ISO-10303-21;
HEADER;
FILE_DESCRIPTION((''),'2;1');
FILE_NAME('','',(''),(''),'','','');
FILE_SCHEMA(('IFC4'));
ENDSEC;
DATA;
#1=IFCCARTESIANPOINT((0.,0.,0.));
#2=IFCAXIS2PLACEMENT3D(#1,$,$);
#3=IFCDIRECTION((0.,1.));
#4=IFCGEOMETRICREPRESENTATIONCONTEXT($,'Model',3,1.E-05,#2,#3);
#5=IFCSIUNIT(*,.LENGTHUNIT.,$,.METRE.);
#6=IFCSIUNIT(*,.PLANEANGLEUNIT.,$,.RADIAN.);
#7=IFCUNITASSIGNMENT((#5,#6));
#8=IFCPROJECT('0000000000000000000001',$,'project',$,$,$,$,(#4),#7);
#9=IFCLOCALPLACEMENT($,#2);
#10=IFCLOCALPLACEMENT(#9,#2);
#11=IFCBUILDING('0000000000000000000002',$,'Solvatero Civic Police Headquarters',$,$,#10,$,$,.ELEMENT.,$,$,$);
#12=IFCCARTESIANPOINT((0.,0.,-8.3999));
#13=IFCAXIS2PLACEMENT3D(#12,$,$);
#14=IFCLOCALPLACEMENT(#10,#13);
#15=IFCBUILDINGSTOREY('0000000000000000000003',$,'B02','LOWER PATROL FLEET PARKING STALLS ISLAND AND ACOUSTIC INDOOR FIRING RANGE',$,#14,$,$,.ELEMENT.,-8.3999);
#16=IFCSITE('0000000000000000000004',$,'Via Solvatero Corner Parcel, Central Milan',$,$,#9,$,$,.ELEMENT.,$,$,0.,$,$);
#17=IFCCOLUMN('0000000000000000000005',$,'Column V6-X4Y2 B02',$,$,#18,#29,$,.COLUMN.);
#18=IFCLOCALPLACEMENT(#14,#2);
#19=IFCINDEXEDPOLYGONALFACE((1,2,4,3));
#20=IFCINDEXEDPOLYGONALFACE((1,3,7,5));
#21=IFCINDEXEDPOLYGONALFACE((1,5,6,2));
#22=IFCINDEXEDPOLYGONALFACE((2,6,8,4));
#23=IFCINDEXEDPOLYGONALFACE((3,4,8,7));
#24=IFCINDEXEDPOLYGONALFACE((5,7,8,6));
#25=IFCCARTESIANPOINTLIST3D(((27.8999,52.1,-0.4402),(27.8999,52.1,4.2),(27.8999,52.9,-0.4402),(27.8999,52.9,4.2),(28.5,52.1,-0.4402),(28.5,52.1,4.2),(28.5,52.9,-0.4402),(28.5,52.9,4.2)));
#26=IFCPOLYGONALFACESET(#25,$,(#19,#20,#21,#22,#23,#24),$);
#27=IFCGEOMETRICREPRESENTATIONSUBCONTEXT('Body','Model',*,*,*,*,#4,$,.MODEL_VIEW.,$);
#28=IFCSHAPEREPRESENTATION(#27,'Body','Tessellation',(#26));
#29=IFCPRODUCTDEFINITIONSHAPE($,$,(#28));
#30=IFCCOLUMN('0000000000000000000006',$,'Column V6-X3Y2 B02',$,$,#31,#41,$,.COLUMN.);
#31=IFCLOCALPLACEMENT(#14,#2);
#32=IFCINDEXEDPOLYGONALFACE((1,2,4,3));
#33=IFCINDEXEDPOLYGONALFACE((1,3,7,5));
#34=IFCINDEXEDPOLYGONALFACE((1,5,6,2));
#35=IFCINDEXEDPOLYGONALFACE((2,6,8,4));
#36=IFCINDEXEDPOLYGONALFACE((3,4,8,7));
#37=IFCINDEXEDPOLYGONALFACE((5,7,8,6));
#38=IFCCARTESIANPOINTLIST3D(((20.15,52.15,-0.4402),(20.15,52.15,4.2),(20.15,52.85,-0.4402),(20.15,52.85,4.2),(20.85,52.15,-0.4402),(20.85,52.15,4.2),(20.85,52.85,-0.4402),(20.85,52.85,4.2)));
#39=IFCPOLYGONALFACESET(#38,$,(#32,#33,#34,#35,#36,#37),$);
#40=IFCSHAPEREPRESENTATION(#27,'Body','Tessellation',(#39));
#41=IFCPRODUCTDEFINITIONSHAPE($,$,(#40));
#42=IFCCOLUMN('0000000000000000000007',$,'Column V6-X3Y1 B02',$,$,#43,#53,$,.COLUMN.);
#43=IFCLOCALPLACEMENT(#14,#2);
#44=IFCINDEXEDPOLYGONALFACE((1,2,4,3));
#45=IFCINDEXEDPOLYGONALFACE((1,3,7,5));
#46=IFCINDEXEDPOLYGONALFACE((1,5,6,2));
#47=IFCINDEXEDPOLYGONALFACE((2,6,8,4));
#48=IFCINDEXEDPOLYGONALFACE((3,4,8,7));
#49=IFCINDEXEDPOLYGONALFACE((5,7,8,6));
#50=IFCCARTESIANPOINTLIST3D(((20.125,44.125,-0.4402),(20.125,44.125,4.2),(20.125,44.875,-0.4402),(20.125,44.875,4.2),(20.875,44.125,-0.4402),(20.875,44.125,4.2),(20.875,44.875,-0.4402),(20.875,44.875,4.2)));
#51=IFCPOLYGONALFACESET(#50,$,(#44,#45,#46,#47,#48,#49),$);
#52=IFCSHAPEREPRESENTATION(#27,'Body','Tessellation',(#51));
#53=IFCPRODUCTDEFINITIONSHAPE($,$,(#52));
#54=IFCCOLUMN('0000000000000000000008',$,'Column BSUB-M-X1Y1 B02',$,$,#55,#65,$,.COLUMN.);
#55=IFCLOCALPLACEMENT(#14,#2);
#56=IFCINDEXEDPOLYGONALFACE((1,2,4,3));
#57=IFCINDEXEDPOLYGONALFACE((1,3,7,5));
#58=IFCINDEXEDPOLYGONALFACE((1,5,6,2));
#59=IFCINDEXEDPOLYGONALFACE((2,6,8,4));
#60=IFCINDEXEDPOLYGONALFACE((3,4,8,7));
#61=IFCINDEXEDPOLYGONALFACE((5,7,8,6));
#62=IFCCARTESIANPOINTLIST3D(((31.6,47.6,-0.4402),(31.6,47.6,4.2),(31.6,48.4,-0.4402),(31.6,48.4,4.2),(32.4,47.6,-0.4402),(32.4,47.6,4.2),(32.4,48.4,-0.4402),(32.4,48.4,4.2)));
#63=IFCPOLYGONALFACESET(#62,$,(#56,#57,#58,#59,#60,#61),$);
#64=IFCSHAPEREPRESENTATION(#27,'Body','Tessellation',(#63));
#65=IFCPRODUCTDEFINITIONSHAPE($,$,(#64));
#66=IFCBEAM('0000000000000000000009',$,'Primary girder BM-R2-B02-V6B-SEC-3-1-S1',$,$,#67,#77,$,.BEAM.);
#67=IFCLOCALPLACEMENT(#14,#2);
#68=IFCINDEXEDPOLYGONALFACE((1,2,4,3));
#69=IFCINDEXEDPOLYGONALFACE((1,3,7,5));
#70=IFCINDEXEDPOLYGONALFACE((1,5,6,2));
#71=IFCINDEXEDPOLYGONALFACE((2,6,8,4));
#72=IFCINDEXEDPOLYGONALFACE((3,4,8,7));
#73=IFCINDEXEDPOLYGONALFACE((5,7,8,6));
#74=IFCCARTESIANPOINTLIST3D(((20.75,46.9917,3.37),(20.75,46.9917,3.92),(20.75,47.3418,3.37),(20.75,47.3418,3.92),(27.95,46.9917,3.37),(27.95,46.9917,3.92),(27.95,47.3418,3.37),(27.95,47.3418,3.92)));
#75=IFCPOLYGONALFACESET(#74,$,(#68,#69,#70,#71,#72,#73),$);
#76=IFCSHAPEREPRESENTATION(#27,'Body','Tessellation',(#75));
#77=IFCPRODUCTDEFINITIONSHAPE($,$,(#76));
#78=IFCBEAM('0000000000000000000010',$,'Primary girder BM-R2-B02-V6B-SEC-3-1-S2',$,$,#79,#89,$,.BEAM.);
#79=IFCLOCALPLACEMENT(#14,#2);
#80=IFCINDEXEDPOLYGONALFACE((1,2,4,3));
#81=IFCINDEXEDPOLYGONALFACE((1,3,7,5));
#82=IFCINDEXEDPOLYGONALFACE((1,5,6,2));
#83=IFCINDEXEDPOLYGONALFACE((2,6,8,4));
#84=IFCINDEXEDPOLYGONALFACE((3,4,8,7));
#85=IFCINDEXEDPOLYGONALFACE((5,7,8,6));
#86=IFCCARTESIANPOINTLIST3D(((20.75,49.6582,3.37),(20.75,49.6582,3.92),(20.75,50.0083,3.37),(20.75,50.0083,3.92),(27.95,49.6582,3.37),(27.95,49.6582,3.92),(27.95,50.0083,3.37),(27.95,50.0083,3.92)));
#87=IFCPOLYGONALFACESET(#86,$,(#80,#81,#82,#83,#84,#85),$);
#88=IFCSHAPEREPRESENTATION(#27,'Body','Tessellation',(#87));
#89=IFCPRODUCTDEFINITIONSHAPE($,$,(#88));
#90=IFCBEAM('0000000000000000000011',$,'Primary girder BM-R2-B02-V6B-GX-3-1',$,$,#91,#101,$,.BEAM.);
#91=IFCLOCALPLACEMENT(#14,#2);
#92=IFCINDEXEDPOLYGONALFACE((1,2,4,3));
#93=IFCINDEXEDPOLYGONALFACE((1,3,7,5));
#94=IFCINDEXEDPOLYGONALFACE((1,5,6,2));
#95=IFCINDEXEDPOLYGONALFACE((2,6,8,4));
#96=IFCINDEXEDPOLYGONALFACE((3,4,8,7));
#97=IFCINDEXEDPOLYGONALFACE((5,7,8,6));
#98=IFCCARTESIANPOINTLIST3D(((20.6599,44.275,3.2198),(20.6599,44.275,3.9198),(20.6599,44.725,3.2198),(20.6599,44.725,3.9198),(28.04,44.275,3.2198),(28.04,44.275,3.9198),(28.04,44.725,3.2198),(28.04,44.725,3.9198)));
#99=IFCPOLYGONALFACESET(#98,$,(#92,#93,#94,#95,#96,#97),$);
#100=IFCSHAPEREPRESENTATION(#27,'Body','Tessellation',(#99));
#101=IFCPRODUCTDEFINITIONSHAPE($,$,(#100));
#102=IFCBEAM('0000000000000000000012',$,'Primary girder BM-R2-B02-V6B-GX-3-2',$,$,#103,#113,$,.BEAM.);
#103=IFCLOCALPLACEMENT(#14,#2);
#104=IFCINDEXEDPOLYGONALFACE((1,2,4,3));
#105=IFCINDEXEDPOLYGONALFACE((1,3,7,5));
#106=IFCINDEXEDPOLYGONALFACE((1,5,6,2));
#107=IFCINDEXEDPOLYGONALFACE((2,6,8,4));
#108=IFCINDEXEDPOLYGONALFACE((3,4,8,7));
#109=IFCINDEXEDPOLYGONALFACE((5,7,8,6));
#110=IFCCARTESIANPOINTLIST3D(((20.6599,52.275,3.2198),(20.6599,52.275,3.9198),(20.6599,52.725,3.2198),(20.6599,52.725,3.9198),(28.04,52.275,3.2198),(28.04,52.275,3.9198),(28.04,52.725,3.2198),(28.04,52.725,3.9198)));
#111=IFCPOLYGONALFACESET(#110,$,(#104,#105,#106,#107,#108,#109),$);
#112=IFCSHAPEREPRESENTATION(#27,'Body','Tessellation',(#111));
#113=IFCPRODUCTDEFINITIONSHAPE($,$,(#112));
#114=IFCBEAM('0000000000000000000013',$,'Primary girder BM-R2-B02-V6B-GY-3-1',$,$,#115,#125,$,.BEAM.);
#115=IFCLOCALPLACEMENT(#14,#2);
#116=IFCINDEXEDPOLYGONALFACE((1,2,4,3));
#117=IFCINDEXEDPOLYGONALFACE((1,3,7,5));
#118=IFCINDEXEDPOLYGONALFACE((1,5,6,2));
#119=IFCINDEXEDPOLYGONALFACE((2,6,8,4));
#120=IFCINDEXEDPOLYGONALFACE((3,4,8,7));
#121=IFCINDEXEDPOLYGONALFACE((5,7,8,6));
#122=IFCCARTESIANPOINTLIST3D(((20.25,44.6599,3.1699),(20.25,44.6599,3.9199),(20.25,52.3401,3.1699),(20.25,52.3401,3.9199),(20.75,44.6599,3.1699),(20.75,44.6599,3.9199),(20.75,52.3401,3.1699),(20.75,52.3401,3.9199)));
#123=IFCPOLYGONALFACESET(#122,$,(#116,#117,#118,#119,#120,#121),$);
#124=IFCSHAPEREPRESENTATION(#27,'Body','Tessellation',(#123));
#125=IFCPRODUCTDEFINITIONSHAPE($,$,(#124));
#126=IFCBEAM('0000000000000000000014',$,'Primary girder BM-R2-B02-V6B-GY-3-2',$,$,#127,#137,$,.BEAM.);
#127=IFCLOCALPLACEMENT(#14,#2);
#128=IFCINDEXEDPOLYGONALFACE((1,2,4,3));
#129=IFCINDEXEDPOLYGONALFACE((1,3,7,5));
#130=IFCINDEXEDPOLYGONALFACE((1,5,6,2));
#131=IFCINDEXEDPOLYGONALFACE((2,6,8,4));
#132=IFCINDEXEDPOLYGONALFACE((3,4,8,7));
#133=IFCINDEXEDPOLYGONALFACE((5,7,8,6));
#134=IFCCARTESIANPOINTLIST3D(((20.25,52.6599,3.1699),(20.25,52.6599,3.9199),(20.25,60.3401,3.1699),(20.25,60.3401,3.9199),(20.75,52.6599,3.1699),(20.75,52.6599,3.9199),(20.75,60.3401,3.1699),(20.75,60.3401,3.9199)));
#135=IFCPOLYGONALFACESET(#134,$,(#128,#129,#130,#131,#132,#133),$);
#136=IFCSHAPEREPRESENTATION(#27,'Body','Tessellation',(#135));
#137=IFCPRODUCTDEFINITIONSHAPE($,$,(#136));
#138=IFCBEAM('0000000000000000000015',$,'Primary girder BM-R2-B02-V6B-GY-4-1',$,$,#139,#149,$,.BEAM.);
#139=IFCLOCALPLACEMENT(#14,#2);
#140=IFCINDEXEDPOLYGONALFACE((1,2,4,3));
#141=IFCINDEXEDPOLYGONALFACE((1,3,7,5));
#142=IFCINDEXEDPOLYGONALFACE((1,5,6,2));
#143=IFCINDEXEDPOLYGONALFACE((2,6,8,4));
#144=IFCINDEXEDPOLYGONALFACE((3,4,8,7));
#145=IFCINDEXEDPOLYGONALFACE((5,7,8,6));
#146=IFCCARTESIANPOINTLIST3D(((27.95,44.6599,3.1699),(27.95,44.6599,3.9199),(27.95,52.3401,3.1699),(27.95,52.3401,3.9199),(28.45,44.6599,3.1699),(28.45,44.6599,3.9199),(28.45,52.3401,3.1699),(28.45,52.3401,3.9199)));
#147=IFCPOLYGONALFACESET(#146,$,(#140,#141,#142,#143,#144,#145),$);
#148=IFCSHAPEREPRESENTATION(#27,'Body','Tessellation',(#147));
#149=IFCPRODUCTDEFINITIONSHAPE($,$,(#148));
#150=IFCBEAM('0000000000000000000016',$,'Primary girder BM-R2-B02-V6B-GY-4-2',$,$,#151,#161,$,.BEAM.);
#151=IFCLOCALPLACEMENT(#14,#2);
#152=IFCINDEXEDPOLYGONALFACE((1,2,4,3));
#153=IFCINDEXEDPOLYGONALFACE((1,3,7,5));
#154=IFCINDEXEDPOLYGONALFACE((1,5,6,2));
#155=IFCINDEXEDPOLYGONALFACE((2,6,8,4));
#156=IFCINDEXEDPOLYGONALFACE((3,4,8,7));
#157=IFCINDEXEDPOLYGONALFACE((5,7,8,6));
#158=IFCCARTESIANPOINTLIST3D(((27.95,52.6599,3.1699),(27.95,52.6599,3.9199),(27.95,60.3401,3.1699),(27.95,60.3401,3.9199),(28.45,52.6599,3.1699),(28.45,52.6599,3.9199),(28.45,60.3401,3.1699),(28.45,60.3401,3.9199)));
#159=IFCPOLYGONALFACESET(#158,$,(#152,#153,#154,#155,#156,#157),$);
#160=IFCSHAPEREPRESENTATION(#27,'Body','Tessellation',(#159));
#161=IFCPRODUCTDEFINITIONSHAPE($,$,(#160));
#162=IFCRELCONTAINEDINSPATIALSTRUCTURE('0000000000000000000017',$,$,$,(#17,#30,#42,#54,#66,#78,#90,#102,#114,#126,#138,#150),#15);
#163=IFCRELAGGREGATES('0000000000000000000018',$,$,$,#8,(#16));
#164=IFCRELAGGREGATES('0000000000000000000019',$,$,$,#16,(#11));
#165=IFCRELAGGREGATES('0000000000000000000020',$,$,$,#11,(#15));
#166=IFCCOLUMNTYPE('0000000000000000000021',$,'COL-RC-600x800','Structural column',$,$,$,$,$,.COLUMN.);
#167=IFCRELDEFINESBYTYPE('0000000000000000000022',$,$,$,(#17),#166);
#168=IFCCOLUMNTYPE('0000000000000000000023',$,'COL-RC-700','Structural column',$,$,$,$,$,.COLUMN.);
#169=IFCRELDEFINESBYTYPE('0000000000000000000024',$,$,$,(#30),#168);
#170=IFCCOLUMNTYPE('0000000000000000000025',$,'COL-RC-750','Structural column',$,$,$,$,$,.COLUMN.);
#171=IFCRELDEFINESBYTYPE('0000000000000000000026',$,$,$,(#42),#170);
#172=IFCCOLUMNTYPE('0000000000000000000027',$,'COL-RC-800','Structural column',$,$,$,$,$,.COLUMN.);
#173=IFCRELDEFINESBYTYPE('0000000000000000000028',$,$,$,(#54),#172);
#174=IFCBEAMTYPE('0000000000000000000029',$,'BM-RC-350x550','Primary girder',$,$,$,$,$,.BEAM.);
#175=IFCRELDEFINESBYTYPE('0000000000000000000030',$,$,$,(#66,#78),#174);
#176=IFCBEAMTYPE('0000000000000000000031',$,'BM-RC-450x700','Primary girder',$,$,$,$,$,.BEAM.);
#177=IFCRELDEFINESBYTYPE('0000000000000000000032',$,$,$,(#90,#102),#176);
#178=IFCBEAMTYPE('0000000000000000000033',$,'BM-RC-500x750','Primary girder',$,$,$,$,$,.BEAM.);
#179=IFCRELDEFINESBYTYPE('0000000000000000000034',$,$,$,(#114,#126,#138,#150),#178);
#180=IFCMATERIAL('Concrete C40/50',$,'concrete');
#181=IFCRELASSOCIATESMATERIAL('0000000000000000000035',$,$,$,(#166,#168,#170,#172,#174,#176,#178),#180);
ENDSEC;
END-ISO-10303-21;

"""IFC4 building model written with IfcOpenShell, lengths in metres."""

from ifc_helpers import new_model, si_unit, direction, frame, origin, origin_2d, place, context, subcontext, project, spatial, rectangle, extrude, material, material_profile, profile_set, type_object, element, save


model = new_model("IFC4")

# Units and contexts
model_context = context("Model", 3, precision=1e-05, world=origin(), true_north=direction((0.0, 1.0)))
body_context = subcontext(model_context, "Body", "Model", "MODEL_VIEW")
ifc_project = project(units=[si_unit("LENGTHUNIT", "METRE"), si_unit("PLANEANGLEUNIT", "RADIAN")], contexts=[model_context])

# Site, building, storey
site_placement = place(None, origin())
site = spatial("IfcSite", under=ifc_project, at=site_placement, Name="Via Solvatero Corner Parcel, Central Milan", CompositionType="ELEMENT", RefElevation=0.0)
building_placement = place(site_placement, origin())
building = spatial("IfcBuilding", under=site, at=building_placement, Name="Solvatero Civic Police Headquarters", CompositionType="ELEMENT")
storey_placement = place(building_placement, frame((0.0, 0.0, -8.3999)))
storey = spatial("IfcBuildingStorey", under=building, at=storey_placement, Name="B02", Description="LOWER PATROL FLEET PARKING STALLS ISLAND AND ACOUSTIC INDOOR FIRING RANGE", CompositionType="ELEMENT", Elevation=-8.3999)

# Columns
ifc_material_1 = material(Name="Concrete C40/50", Category="concrete")
ifc_material_profile_1 = material_profile(ifc_material_1, rectangle(XDim=0.6001, YDim=0.8, at=origin_2d()), Name="RC 600x800")
ifc_profile_set_1 = profile_set([ifc_material_profile_1], Name="Concrete C40/50")
column_type_1 = type_object("IfcColumnType", Name="COL-RC-600x800", Description="Structural column", PredefinedType="COLUMN", material=ifc_profile_set_1)
column_1_placement = place(storey_placement, frame((28.2, 52.5, -0.4402), z_axis=(0.0, 0.0, 1.0), x_axis=(1.0, 0.0, 0.0)))
element("IfcColumn", 1, at=column_1_placement, inside=storey, type_object=column_type_1, Name="Column V6-X4Y2 B02", PredefinedType="COLUMN", context=body_context, shape_type="SweptSolid", body=[
    extrude(rectangle(XDim=0.6001, YDim=0.8, at=origin_2d()), origin(), (0.0, 0.0, 1.0), 4.6401),
])
ifc_material_profile_2 = material_profile(ifc_material_1, rectangle(XDim=0.7, YDim=0.7, at=origin_2d()), Name="RC 700x700")
ifc_profile_set_2 = profile_set([ifc_material_profile_2], Name="Concrete C40/50")
column_type_2 = type_object("IfcColumnType", Name="COL-RC-700", Description="Structural column", PredefinedType="COLUMN", material=ifc_profile_set_2)
column_2_placement = place(storey_placement, frame((20.5, 52.5, -0.4402), z_axis=(0.0, 0.0, 1.0), x_axis=(1.0, 0.0, 0.0)))
element("IfcColumn", 2, at=column_2_placement, inside=storey, type_object=column_type_2, Name="Column V6-X3Y2 B02", PredefinedType="COLUMN", context=body_context, shape_type="SweptSolid", body=[
    extrude(rectangle(XDim=0.7, YDim=0.7, at=origin_2d()), origin(), (0.0, 0.0, 1.0), 4.6401),
])
ifc_material_profile_3 = material_profile(ifc_material_1, rectangle(XDim=0.75, YDim=0.75, at=origin_2d()), Name="RC 750x750")
ifc_profile_set_3 = profile_set([ifc_material_profile_3], Name="Concrete C40/50")
column_type_3 = type_object("IfcColumnType", Name="COL-RC-750", Description="Structural column", PredefinedType="COLUMN", material=ifc_profile_set_3)
column_3_placement = place(storey_placement, frame((20.5, 44.5, -0.4402), z_axis=(0.0, 0.0, 1.0), x_axis=(1.0, 0.0, 0.0)))
element("IfcColumn", 3, at=column_3_placement, inside=storey, type_object=column_type_3, Name="Column V6-X3Y1 B02", PredefinedType="COLUMN", context=body_context, shape_type="SweptSolid", body=[
    extrude(rectangle(XDim=0.75, YDim=0.75, at=origin_2d()), origin(), (0.0, 0.0, 1.0), 4.6401),
])
ifc_material_profile_4 = material_profile(ifc_material_1, rectangle(XDim=0.8, YDim=0.8, at=origin_2d()), Name="RC 800x800")
ifc_profile_set_4 = profile_set([ifc_material_profile_4], Name="Concrete C40/50")
column_type_4 = type_object("IfcColumnType", Name="COL-RC-800", Description="Structural column", PredefinedType="COLUMN", material=ifc_profile_set_4)
column_4_placement = place(storey_placement, frame((32.0, 48.0, -0.4402), z_axis=(0.0, 0.0, 1.0), x_axis=(1.0, 0.0, 0.0)))
element("IfcColumn", 4, at=column_4_placement, inside=storey, type_object=column_type_4, Name="Column BSUB-M-X1Y1 B02", PredefinedType="COLUMN", context=body_context, shape_type="SweptSolid", body=[
    extrude(rectangle(XDim=0.8, YDim=0.8, at=origin_2d()), origin(), (0.0, 0.0, 1.0), 4.6401),
])

# Beams
ifc_material_profile_5 = material_profile(ifc_material_1, rectangle(XDim=0.3501, YDim=0.55, at=origin_2d()), Name="RC 350x550")
ifc_profile_set_5 = profile_set([ifc_material_profile_5], Name="Concrete C40/50")
beam_type_1 = type_object("IfcBeamType", Name="BM-RC-350x550", Description="Primary girder", PredefinedType="BEAM", material=ifc_profile_set_5)
for number, where, z_axis, x_axis, name in (
    (5, (20.75, 47.1667, 3.645), (1.0, 0.0, 0.0), (0.0, 1.0, 0.0), "Primary girder BM-R2-B02-V6B-SEC-3-1-S1"),
    (6, (20.75, 49.8333, 3.645), (1.0, 0.0, 0.0), (0.0, 1.0, 0.0), "Primary girder BM-R2-B02-V6B-SEC-3-1-S2"),
):
    element("IfcBeam", number, at=place(storey_placement, frame(where, z_axis=z_axis, x_axis=x_axis)), inside=storey, type_object=beam_type_1, Name=name, PredefinedType="BEAM", context=body_context, shape_type="SweptSolid", body=[
        extrude(rectangle(XDim=0.3501, YDim=0.55, at=origin_2d()), origin(), (0.0, 0.0, 1.0), 7.2),
    ])
ifc_material_profile_6 = material_profile(ifc_material_1, rectangle(XDim=0.45, YDim=0.7, at=origin_2d()), Name="RC 450x700")
ifc_profile_set_6 = profile_set([ifc_material_profile_6], Name="Concrete C40/50")
beam_type_2 = type_object("IfcBeamType", Name="BM-RC-450x700", Description="Primary girder", PredefinedType="BEAM", material=ifc_profile_set_6)
for number, where, z_axis, x_axis, name in (
    (7, (20.6599, 44.5, 3.5698), (1.0, 0.0, 0.0), (0.0, 1.0, 0.0), "Primary girder BM-R2-B02-V6B-GX-3-1"),
    (8, (20.6599, 52.5, 3.5698), (1.0, 0.0, 0.0), (0.0, 1.0, 0.0), "Primary girder BM-R2-B02-V6B-GX-3-2"),
):
    element("IfcBeam", number, at=place(storey_placement, frame(where, z_axis=z_axis, x_axis=x_axis)), inside=storey, type_object=beam_type_2, Name=name, PredefinedType="BEAM", context=body_context, shape_type="SweptSolid", body=[
        extrude(rectangle(XDim=0.45, YDim=0.7, at=origin_2d()), origin(), (0.0, 0.0, 1.0), 7.3801),
    ])
ifc_material_profile_7 = material_profile(ifc_material_1, rectangle(XDim=0.5, YDim=0.75, at=origin_2d()), Name="RC 500x750")
ifc_profile_set_7 = profile_set([ifc_material_profile_7], Name="Concrete C40/50")
beam_type_3 = type_object("IfcBeamType", Name="BM-RC-500x750", Description="Primary girder", PredefinedType="BEAM", material=ifc_profile_set_7)
for number, where, z_axis, x_axis, name in (
    (9, (20.5, 44.6599, 3.5449), (0.0, 1.0, 0.0), (-1.0, 0.0, 0.0), "Primary girder BM-R2-B02-V6B-GY-3-1"),
    (10, (20.5, 52.6599, 3.5449), (0.0, 1.0, 0.0), (-1.0, 0.0, 0.0), "Primary girder BM-R2-B02-V6B-GY-3-2"),
    (11, (28.2, 44.6599, 3.5449), (0.0, 1.0, 0.0), (-1.0, 0.0, 0.0), "Primary girder BM-R2-B02-V6B-GY-4-1"),
    (12, (28.2, 52.6599, 3.5449), (0.0, 1.0, 0.0), (-1.0, 0.0, 0.0), "Primary girder BM-R2-B02-V6B-GY-4-2"),
):
    element("IfcBeam", number, at=place(storey_placement, frame(where, z_axis=z_axis, x_axis=x_axis)), inside=storey, type_object=beam_type_3, Name=name, PredefinedType="BEAM", context=body_context, shape_type="SweptSolid", body=[
        extrude(rectangle(XDim=0.5, YDim=0.75, at=origin_2d()), origin(), (0.0, 0.0, 1.0), 7.6802),
    ])

save(model, "model.ifc")
